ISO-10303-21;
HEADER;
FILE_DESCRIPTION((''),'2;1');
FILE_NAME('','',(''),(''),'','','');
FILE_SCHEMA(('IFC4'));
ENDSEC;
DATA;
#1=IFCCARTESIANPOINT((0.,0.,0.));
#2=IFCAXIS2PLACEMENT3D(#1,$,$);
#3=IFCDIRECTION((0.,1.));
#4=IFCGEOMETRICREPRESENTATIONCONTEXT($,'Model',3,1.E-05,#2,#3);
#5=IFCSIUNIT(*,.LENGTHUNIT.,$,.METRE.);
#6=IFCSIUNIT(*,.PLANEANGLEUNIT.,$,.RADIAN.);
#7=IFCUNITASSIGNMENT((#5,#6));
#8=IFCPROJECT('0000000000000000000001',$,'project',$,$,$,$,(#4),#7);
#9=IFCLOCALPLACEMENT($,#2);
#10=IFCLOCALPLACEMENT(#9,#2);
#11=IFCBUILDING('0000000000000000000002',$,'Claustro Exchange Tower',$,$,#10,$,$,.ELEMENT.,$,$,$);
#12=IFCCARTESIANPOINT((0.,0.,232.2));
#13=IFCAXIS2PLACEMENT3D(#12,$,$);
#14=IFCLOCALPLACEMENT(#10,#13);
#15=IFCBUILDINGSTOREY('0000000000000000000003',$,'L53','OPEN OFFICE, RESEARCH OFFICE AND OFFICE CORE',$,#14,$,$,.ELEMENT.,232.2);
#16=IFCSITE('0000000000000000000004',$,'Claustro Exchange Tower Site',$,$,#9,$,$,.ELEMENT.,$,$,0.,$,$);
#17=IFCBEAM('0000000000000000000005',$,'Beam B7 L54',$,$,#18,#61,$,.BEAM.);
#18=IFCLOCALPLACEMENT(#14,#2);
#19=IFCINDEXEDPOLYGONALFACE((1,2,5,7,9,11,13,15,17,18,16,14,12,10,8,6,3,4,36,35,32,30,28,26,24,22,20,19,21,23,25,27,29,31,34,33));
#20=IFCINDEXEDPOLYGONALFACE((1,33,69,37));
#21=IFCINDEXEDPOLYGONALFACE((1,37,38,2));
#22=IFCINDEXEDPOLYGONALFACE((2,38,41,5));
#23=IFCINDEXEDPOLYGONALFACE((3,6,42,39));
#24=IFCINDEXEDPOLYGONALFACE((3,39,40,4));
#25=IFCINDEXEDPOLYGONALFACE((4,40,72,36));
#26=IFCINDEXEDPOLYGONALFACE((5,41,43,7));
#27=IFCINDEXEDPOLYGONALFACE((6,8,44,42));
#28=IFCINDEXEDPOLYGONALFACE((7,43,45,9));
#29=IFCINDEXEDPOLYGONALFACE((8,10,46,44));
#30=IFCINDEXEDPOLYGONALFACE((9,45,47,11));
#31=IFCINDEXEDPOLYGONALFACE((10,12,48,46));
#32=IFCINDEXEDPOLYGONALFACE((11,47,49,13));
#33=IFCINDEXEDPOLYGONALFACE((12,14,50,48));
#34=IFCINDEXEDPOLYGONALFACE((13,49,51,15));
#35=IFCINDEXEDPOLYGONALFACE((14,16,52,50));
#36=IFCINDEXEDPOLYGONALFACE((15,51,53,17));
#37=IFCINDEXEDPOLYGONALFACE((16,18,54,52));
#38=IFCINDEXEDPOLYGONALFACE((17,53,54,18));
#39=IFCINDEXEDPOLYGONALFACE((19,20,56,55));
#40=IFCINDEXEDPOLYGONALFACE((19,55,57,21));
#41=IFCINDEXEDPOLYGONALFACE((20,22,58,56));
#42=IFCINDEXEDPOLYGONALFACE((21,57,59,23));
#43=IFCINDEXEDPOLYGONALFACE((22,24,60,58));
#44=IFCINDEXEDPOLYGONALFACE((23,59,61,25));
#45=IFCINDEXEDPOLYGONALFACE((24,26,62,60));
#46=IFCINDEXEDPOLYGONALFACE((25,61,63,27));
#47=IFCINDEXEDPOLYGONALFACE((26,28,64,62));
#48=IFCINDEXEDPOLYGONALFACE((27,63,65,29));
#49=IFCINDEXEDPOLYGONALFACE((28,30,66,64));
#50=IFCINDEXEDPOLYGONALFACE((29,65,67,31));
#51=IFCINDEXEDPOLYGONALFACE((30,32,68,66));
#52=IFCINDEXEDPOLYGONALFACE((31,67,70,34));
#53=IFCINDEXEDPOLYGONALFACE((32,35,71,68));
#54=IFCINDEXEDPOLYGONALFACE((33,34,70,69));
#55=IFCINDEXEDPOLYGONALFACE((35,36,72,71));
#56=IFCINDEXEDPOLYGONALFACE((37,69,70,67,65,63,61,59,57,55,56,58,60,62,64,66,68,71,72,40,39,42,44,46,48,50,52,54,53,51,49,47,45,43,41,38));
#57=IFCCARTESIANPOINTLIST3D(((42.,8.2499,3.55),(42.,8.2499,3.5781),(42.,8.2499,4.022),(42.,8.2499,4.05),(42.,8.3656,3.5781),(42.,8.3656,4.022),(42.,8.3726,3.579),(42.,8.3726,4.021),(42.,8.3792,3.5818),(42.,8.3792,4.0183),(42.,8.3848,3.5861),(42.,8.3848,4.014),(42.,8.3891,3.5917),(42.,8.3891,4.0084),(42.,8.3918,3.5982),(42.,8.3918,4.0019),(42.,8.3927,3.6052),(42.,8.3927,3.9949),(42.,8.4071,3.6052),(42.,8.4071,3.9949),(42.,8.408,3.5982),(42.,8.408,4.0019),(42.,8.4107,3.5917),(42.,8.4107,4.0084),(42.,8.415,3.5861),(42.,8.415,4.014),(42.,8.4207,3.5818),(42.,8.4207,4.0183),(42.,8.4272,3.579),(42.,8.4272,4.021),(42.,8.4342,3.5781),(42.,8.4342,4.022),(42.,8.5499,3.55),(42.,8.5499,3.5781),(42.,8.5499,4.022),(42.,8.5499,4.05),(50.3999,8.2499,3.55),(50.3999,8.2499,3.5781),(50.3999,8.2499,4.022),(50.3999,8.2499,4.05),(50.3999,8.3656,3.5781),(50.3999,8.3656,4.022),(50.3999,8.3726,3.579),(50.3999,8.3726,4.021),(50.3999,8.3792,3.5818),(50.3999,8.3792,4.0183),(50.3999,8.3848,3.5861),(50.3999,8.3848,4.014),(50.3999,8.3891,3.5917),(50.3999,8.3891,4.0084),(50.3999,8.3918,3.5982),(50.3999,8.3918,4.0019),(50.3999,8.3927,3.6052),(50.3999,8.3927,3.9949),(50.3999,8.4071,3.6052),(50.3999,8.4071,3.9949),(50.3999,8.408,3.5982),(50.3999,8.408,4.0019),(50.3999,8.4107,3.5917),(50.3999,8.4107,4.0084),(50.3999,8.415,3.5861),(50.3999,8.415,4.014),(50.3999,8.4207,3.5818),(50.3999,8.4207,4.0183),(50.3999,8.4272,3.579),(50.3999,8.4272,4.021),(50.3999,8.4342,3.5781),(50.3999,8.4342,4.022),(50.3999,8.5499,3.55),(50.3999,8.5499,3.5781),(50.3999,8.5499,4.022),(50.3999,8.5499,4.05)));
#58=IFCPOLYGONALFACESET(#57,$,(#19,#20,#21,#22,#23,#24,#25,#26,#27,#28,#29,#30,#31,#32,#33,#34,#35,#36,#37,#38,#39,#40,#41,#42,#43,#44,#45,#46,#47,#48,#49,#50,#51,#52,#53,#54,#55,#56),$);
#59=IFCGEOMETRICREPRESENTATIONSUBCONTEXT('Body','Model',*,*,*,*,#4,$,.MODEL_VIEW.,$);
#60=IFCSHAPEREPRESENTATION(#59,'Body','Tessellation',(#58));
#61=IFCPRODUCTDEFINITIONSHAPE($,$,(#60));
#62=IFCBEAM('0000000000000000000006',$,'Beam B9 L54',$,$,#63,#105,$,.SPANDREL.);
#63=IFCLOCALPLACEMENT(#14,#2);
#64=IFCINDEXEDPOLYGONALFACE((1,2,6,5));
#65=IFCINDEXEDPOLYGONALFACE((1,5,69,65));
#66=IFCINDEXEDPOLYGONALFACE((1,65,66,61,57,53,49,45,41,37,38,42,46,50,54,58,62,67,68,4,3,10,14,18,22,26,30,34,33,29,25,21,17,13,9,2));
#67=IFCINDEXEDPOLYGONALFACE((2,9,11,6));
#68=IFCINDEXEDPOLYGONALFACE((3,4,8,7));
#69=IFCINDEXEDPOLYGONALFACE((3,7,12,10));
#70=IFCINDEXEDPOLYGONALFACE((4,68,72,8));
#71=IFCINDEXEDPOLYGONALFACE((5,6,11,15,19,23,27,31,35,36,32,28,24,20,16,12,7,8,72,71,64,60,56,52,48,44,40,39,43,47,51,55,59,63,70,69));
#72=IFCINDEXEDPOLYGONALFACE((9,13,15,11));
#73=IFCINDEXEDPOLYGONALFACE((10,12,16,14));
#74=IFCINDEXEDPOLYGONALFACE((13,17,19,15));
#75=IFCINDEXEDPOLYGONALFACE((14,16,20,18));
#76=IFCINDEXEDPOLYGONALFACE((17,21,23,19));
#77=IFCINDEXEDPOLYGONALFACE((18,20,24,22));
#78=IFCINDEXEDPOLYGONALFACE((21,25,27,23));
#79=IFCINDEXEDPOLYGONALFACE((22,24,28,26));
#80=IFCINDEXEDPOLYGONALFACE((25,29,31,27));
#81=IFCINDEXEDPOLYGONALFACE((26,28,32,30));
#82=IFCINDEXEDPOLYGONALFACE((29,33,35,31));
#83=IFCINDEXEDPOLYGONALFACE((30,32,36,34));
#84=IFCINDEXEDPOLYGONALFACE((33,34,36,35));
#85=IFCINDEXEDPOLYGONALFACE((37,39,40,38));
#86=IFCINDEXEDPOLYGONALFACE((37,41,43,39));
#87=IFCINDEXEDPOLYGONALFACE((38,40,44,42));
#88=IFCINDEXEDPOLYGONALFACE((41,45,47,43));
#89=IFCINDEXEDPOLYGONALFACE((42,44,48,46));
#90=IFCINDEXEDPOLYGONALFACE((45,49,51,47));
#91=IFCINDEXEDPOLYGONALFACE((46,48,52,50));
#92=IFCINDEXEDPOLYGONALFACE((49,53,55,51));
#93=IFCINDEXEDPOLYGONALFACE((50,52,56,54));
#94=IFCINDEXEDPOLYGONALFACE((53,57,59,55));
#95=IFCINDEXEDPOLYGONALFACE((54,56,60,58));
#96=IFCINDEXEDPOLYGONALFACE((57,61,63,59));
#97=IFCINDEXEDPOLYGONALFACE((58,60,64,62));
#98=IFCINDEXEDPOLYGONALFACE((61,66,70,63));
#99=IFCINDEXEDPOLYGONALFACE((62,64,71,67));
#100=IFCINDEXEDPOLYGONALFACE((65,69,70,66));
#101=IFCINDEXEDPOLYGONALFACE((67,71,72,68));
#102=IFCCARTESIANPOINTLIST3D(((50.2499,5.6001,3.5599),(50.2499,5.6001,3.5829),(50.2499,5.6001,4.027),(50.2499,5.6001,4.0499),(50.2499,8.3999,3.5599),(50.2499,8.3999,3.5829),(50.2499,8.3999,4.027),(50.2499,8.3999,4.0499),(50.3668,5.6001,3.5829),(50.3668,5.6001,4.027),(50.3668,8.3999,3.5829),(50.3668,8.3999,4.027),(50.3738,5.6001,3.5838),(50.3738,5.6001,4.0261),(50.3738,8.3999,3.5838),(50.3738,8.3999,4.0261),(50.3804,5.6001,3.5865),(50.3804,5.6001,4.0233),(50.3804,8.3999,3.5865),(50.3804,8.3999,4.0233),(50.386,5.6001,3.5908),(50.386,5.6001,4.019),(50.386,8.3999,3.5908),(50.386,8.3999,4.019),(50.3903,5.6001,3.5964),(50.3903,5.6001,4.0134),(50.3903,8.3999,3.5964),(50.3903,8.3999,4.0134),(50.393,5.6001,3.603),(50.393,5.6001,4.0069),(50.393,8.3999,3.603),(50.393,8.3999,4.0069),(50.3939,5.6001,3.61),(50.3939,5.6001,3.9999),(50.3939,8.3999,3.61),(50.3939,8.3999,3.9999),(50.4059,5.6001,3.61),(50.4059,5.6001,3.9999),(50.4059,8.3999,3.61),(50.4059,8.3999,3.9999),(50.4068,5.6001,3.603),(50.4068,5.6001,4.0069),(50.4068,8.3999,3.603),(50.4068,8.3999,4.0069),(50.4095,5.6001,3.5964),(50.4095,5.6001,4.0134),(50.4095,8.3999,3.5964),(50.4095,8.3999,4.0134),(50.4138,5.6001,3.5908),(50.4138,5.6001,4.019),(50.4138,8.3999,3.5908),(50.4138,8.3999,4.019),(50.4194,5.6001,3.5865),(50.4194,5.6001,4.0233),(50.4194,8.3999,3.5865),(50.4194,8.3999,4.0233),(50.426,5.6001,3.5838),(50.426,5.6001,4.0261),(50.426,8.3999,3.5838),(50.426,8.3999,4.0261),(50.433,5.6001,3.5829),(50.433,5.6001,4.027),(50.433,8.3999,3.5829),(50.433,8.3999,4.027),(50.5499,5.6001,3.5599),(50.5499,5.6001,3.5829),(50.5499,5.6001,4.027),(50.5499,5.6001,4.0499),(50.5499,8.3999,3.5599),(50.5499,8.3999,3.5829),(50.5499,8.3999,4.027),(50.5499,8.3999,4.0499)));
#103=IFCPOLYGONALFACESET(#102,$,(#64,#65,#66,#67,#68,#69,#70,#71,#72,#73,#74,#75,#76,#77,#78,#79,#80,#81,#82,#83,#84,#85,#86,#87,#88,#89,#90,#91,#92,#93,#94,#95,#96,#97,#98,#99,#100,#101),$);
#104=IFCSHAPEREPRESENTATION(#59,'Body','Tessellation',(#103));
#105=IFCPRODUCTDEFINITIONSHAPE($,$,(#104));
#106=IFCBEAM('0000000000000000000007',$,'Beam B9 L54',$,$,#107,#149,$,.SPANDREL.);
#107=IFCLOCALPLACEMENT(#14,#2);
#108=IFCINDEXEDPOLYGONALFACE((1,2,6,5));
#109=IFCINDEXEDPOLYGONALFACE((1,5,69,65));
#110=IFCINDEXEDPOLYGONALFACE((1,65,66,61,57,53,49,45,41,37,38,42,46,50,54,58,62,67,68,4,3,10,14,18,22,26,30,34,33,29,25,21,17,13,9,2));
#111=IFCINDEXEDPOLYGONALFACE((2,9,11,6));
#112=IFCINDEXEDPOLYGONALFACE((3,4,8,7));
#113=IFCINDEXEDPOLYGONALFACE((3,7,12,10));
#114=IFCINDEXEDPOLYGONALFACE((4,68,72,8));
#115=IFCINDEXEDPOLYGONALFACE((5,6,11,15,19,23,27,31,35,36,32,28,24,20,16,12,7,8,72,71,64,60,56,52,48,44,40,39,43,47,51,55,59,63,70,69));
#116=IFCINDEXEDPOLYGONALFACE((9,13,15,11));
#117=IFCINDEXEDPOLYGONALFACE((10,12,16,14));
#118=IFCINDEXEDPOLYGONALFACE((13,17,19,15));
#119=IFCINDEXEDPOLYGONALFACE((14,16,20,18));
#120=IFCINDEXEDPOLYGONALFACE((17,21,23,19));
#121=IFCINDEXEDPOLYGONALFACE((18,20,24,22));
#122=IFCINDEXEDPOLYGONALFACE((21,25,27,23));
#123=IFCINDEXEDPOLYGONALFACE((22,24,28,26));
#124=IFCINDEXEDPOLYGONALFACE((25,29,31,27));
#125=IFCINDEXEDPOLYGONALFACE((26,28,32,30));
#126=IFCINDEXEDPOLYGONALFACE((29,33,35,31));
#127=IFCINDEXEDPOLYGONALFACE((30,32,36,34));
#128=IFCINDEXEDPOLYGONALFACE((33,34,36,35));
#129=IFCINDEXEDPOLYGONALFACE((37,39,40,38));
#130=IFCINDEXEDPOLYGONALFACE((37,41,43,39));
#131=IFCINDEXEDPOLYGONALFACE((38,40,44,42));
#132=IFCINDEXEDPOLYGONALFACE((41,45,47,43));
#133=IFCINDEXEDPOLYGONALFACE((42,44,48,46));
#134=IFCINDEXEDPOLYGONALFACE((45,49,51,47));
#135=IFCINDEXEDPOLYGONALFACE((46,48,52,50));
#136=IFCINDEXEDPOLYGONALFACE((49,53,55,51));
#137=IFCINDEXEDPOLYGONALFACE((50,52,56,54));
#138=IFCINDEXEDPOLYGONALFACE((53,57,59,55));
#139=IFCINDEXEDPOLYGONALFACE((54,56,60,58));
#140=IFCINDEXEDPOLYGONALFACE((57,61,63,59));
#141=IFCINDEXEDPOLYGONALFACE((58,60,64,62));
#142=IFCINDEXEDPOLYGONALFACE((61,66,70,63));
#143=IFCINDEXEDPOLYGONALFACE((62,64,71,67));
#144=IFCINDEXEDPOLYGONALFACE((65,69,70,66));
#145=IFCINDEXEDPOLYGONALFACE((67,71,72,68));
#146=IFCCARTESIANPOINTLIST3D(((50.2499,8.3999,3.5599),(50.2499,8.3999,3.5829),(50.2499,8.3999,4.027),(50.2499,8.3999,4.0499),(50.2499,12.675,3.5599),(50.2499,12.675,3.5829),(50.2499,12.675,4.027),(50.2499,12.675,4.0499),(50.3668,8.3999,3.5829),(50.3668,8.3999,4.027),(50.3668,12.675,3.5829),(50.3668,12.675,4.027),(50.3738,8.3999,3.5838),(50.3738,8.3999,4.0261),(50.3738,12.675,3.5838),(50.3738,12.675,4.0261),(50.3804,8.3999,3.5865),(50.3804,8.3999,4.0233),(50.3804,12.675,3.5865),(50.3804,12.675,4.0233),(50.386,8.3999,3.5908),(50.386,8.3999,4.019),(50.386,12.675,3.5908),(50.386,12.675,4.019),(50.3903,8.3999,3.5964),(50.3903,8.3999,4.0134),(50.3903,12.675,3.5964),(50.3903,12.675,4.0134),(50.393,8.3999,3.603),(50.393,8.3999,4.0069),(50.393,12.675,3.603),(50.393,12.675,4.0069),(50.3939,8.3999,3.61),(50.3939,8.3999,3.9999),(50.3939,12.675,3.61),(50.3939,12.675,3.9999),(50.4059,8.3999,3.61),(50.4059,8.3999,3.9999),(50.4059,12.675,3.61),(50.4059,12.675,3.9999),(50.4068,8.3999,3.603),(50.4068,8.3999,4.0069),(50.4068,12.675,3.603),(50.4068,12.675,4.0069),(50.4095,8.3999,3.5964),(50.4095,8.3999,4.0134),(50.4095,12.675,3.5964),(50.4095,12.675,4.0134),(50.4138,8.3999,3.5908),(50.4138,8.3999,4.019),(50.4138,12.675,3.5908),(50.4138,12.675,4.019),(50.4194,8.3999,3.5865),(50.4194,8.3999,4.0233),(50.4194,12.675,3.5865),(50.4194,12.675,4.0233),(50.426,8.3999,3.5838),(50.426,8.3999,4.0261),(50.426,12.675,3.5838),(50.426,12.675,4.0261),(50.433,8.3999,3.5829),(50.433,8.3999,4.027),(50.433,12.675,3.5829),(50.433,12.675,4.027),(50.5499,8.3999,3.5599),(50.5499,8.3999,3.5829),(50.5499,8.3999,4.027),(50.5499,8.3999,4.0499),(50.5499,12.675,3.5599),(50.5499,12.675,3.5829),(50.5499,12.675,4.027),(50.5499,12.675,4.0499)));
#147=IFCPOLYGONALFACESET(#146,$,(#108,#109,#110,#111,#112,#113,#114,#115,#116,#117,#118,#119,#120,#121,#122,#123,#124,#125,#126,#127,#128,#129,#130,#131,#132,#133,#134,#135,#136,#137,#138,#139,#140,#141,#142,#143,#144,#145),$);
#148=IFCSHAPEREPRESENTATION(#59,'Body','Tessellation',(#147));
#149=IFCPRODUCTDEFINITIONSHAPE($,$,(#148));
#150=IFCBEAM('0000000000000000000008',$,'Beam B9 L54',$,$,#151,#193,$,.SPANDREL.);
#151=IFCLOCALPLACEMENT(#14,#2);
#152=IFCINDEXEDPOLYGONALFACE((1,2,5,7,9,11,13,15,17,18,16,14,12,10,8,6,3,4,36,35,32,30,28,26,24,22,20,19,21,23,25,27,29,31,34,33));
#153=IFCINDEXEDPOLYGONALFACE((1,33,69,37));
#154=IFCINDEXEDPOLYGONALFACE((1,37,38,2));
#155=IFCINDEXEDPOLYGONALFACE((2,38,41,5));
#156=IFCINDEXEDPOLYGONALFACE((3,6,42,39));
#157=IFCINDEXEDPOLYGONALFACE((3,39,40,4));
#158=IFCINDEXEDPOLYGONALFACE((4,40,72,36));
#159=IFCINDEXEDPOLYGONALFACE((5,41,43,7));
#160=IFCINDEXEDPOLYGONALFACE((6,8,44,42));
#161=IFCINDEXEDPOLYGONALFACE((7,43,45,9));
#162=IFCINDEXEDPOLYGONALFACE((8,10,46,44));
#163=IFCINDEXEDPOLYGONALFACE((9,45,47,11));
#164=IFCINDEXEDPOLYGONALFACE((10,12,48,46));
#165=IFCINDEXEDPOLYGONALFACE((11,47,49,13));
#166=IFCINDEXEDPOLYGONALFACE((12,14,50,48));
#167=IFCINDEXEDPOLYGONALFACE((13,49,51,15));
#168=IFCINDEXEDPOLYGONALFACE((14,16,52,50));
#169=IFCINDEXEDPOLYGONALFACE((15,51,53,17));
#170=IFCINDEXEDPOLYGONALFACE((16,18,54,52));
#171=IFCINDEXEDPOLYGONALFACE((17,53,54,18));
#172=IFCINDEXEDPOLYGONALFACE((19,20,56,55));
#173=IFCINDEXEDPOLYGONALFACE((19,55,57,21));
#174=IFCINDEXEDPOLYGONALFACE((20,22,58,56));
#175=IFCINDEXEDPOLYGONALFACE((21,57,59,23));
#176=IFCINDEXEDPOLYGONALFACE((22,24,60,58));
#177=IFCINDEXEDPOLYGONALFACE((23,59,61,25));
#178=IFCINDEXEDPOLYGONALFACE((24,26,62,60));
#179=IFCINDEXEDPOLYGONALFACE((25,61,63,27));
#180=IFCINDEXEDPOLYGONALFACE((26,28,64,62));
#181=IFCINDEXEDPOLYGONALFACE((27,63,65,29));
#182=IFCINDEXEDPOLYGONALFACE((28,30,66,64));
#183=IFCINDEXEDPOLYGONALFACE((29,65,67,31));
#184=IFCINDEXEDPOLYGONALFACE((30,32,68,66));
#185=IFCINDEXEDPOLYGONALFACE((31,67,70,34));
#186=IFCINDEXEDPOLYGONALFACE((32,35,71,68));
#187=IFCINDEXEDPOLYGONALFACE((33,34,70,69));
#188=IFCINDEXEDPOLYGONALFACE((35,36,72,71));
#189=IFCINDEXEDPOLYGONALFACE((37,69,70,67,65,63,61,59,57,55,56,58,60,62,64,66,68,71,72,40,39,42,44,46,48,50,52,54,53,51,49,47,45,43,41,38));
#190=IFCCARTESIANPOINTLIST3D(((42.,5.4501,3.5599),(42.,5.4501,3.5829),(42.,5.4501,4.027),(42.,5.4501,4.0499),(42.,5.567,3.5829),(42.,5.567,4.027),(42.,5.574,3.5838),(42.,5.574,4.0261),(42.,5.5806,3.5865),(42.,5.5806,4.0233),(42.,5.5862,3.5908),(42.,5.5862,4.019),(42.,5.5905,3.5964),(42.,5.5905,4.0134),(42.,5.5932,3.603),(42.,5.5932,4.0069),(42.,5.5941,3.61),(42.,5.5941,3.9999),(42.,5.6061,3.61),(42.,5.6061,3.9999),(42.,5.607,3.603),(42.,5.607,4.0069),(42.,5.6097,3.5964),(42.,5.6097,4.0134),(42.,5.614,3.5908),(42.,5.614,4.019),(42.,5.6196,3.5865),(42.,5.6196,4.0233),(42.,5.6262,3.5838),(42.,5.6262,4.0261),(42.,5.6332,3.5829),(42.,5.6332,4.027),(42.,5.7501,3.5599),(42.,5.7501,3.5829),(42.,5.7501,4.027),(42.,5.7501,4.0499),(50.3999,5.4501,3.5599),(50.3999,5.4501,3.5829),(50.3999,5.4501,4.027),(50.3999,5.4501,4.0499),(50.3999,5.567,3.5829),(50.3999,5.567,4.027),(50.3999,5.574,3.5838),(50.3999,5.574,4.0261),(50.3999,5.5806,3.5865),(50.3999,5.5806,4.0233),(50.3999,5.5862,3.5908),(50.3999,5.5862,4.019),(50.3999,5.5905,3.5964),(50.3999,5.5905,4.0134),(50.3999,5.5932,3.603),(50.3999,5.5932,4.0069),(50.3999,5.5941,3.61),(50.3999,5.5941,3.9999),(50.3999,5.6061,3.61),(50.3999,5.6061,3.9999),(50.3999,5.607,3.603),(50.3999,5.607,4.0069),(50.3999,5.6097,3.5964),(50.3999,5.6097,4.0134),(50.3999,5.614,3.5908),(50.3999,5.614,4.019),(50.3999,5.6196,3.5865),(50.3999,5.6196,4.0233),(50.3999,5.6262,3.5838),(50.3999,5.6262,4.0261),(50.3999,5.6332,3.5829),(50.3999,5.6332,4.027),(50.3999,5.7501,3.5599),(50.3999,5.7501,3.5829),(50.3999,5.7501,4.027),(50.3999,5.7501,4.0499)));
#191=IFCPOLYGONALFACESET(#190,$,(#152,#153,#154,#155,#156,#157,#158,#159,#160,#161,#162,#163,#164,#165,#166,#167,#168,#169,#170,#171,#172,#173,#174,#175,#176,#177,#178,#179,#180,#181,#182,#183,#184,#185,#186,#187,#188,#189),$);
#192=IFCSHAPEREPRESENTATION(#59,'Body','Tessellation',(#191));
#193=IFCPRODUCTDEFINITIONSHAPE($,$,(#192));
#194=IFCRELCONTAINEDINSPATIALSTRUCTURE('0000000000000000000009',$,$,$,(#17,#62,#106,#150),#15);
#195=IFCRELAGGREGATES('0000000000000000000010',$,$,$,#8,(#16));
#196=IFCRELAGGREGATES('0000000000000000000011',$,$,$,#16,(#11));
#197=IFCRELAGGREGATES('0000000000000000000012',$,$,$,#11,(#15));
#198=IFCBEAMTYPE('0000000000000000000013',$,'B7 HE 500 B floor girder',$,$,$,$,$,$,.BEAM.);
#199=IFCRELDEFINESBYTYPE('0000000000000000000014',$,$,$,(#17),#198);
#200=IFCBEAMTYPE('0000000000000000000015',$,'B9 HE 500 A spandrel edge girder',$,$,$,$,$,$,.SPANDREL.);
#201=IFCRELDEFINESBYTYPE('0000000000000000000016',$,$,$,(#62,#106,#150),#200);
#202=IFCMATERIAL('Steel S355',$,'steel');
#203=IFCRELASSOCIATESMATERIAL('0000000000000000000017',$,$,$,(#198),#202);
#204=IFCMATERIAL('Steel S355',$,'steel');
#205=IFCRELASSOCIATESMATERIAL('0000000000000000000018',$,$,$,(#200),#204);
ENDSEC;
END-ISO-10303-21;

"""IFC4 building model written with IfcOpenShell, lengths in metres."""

from ifc_helpers import new_model, si_unit, direction, frame, origin, origin_2d, place, context, subcontext, project, spatial, i_section, extrude, material, material_profile, profile_set, type_object, element, save


model = new_model("IFC4")

# Units and contexts
model_context = context("Model", 3, precision=1e-05, world=origin(), true_north=direction((0.0, 1.0)))
body_context = subcontext(model_context, "Body", "Model", "MODEL_VIEW")
ifc_project = project(units=[si_unit("LENGTHUNIT", "METRE"), si_unit("PLANEANGLEUNIT", "RADIAN")], contexts=[model_context])

# Site, building, storey
site_placement = place(None, origin())
site = spatial("IfcSite", under=ifc_project, at=site_placement, Name="Claustro Exchange Tower Site", CompositionType="ELEMENT", RefElevation=0.0)
building_placement = place(site_placement, origin())
building = spatial("IfcBuilding", under=site, at=building_placement, Name="Claustro Exchange Tower", CompositionType="ELEMENT")
storey_placement = place(building_placement, frame((0.0, 0.0, 232.2)))
storey = spatial("IfcBuildingStorey", under=building, at=storey_placement, Name="L53", Description="OPEN OFFICE, RESEARCH OFFICE AND OFFICE CORE", CompositionType="ELEMENT", Elevation=232.2)

# Beams
ifc_material_1 = material(Name="Steel S355", Category="steel")
ifc_material_profile_1 = material_profile(ifc_material_1, i_section(OverallWidth=0.3, OverallDepth=0.5, WebThickness=0.0144, FlangeThickness=0.0281, FilletRadius=0.0271, at=origin_2d()), Name="HE 500 B")
ifc_profile_set_1 = profile_set([ifc_material_profile_1], Name="Steel S355")
beam_type_1 = type_object("IfcBeamType", Name="B7 HE 500 B floor girder", PredefinedType="BEAM", material=ifc_profile_set_1)
beam_1_placement = place(storey_placement, frame((42.0, 8.3999, 3.8), z_axis=(1.0, 0.0, 0.0), x_axis=(0.0, 1.0, 0.0)))
element("IfcBeam", 1, at=beam_1_placement, inside=storey, type_object=beam_type_1, Name="Beam B7 L54", PredefinedType="BEAM", context=body_context, shape_type="SweptSolid", body=[
    extrude(i_section(OverallWidth=0.3, OverallDepth=0.5, WebThickness=0.0144, FlangeThickness=0.0281, FilletRadius=0.0271, at=origin_2d()), origin(), (0.0, 0.0, 1.0), 8.3999),
])
ifc_material_2 = material(Name="Steel S355", Category="steel")
ifc_material_profile_2 = material_profile(ifc_material_2, i_section(OverallWidth=0.3, OverallDepth=0.49, WebThickness=0.012, FlangeThickness=0.0229, FilletRadius=0.0271, at=origin_2d()), Name="HE 500 A")
ifc_profile_set_2 = profile_set([ifc_material_profile_2], Name="Steel S355")
beam_type_2 = type_object("IfcBeamType", Name="B9 HE 500 A spandrel edge girder", PredefinedType="SPANDREL", material=ifc_profile_set_2)
beam_2_placement = place(storey_placement, frame((50.3999, 5.6001, 3.8049), z_axis=(0.0, 1.0, 0.0), x_axis=(-1.0, 0.0, 0.0)))
element("IfcBeam", 2, at=beam_2_placement, inside=storey, type_object=beam_type_2, Name="Beam B9 L54", PredefinedType="SPANDREL", context=body_context, shape_type="SweptSolid", body=[
    extrude(i_section(OverallWidth=0.3, OverallDepth=0.49, WebThickness=0.012, FlangeThickness=0.0229, FilletRadius=0.0271, at=origin_2d()), origin(), (0.0, 0.0, 1.0), 2.7998),
])
beam_3_placement = place(storey_placement, frame((50.3999, 8.3999, 3.8049), z_axis=(0.0, 1.0, 0.0), x_axis=(-1.0, 0.0, 0.0)))
element("IfcBeam", 3, at=beam_3_placement, inside=storey, type_object=beam_type_2, Name="Beam B9 L54", PredefinedType="SPANDREL", context=body_context, shape_type="SweptSolid", body=[
    extrude(i_section(OverallWidth=0.3, OverallDepth=0.49, WebThickness=0.012, FlangeThickness=0.0229, FilletRadius=0.0271, at=origin_2d()), origin(), (0.0, 0.0, 1.0), 4.2751),
])
beam_4_placement = place(storey_placement, frame((42.0, 5.6001, 3.8049), z_axis=(1.0, 0.0, 0.0), x_axis=(0.0, 1.0, 0.0)))
element("IfcBeam", 4, at=beam_4_placement, inside=storey, type_object=beam_type_2, Name="Beam B9 L54", PredefinedType="SPANDREL", context=body_context, shape_type="SweptSolid", body=[
    extrude(i_section(OverallWidth=0.3, OverallDepth=0.49, WebThickness=0.012, FlangeThickness=0.0229, FilletRadius=0.0271, at=origin_2d()), origin(), (0.0, 0.0, 1.0), 8.3999),
])

save(model, "model.ifc")
